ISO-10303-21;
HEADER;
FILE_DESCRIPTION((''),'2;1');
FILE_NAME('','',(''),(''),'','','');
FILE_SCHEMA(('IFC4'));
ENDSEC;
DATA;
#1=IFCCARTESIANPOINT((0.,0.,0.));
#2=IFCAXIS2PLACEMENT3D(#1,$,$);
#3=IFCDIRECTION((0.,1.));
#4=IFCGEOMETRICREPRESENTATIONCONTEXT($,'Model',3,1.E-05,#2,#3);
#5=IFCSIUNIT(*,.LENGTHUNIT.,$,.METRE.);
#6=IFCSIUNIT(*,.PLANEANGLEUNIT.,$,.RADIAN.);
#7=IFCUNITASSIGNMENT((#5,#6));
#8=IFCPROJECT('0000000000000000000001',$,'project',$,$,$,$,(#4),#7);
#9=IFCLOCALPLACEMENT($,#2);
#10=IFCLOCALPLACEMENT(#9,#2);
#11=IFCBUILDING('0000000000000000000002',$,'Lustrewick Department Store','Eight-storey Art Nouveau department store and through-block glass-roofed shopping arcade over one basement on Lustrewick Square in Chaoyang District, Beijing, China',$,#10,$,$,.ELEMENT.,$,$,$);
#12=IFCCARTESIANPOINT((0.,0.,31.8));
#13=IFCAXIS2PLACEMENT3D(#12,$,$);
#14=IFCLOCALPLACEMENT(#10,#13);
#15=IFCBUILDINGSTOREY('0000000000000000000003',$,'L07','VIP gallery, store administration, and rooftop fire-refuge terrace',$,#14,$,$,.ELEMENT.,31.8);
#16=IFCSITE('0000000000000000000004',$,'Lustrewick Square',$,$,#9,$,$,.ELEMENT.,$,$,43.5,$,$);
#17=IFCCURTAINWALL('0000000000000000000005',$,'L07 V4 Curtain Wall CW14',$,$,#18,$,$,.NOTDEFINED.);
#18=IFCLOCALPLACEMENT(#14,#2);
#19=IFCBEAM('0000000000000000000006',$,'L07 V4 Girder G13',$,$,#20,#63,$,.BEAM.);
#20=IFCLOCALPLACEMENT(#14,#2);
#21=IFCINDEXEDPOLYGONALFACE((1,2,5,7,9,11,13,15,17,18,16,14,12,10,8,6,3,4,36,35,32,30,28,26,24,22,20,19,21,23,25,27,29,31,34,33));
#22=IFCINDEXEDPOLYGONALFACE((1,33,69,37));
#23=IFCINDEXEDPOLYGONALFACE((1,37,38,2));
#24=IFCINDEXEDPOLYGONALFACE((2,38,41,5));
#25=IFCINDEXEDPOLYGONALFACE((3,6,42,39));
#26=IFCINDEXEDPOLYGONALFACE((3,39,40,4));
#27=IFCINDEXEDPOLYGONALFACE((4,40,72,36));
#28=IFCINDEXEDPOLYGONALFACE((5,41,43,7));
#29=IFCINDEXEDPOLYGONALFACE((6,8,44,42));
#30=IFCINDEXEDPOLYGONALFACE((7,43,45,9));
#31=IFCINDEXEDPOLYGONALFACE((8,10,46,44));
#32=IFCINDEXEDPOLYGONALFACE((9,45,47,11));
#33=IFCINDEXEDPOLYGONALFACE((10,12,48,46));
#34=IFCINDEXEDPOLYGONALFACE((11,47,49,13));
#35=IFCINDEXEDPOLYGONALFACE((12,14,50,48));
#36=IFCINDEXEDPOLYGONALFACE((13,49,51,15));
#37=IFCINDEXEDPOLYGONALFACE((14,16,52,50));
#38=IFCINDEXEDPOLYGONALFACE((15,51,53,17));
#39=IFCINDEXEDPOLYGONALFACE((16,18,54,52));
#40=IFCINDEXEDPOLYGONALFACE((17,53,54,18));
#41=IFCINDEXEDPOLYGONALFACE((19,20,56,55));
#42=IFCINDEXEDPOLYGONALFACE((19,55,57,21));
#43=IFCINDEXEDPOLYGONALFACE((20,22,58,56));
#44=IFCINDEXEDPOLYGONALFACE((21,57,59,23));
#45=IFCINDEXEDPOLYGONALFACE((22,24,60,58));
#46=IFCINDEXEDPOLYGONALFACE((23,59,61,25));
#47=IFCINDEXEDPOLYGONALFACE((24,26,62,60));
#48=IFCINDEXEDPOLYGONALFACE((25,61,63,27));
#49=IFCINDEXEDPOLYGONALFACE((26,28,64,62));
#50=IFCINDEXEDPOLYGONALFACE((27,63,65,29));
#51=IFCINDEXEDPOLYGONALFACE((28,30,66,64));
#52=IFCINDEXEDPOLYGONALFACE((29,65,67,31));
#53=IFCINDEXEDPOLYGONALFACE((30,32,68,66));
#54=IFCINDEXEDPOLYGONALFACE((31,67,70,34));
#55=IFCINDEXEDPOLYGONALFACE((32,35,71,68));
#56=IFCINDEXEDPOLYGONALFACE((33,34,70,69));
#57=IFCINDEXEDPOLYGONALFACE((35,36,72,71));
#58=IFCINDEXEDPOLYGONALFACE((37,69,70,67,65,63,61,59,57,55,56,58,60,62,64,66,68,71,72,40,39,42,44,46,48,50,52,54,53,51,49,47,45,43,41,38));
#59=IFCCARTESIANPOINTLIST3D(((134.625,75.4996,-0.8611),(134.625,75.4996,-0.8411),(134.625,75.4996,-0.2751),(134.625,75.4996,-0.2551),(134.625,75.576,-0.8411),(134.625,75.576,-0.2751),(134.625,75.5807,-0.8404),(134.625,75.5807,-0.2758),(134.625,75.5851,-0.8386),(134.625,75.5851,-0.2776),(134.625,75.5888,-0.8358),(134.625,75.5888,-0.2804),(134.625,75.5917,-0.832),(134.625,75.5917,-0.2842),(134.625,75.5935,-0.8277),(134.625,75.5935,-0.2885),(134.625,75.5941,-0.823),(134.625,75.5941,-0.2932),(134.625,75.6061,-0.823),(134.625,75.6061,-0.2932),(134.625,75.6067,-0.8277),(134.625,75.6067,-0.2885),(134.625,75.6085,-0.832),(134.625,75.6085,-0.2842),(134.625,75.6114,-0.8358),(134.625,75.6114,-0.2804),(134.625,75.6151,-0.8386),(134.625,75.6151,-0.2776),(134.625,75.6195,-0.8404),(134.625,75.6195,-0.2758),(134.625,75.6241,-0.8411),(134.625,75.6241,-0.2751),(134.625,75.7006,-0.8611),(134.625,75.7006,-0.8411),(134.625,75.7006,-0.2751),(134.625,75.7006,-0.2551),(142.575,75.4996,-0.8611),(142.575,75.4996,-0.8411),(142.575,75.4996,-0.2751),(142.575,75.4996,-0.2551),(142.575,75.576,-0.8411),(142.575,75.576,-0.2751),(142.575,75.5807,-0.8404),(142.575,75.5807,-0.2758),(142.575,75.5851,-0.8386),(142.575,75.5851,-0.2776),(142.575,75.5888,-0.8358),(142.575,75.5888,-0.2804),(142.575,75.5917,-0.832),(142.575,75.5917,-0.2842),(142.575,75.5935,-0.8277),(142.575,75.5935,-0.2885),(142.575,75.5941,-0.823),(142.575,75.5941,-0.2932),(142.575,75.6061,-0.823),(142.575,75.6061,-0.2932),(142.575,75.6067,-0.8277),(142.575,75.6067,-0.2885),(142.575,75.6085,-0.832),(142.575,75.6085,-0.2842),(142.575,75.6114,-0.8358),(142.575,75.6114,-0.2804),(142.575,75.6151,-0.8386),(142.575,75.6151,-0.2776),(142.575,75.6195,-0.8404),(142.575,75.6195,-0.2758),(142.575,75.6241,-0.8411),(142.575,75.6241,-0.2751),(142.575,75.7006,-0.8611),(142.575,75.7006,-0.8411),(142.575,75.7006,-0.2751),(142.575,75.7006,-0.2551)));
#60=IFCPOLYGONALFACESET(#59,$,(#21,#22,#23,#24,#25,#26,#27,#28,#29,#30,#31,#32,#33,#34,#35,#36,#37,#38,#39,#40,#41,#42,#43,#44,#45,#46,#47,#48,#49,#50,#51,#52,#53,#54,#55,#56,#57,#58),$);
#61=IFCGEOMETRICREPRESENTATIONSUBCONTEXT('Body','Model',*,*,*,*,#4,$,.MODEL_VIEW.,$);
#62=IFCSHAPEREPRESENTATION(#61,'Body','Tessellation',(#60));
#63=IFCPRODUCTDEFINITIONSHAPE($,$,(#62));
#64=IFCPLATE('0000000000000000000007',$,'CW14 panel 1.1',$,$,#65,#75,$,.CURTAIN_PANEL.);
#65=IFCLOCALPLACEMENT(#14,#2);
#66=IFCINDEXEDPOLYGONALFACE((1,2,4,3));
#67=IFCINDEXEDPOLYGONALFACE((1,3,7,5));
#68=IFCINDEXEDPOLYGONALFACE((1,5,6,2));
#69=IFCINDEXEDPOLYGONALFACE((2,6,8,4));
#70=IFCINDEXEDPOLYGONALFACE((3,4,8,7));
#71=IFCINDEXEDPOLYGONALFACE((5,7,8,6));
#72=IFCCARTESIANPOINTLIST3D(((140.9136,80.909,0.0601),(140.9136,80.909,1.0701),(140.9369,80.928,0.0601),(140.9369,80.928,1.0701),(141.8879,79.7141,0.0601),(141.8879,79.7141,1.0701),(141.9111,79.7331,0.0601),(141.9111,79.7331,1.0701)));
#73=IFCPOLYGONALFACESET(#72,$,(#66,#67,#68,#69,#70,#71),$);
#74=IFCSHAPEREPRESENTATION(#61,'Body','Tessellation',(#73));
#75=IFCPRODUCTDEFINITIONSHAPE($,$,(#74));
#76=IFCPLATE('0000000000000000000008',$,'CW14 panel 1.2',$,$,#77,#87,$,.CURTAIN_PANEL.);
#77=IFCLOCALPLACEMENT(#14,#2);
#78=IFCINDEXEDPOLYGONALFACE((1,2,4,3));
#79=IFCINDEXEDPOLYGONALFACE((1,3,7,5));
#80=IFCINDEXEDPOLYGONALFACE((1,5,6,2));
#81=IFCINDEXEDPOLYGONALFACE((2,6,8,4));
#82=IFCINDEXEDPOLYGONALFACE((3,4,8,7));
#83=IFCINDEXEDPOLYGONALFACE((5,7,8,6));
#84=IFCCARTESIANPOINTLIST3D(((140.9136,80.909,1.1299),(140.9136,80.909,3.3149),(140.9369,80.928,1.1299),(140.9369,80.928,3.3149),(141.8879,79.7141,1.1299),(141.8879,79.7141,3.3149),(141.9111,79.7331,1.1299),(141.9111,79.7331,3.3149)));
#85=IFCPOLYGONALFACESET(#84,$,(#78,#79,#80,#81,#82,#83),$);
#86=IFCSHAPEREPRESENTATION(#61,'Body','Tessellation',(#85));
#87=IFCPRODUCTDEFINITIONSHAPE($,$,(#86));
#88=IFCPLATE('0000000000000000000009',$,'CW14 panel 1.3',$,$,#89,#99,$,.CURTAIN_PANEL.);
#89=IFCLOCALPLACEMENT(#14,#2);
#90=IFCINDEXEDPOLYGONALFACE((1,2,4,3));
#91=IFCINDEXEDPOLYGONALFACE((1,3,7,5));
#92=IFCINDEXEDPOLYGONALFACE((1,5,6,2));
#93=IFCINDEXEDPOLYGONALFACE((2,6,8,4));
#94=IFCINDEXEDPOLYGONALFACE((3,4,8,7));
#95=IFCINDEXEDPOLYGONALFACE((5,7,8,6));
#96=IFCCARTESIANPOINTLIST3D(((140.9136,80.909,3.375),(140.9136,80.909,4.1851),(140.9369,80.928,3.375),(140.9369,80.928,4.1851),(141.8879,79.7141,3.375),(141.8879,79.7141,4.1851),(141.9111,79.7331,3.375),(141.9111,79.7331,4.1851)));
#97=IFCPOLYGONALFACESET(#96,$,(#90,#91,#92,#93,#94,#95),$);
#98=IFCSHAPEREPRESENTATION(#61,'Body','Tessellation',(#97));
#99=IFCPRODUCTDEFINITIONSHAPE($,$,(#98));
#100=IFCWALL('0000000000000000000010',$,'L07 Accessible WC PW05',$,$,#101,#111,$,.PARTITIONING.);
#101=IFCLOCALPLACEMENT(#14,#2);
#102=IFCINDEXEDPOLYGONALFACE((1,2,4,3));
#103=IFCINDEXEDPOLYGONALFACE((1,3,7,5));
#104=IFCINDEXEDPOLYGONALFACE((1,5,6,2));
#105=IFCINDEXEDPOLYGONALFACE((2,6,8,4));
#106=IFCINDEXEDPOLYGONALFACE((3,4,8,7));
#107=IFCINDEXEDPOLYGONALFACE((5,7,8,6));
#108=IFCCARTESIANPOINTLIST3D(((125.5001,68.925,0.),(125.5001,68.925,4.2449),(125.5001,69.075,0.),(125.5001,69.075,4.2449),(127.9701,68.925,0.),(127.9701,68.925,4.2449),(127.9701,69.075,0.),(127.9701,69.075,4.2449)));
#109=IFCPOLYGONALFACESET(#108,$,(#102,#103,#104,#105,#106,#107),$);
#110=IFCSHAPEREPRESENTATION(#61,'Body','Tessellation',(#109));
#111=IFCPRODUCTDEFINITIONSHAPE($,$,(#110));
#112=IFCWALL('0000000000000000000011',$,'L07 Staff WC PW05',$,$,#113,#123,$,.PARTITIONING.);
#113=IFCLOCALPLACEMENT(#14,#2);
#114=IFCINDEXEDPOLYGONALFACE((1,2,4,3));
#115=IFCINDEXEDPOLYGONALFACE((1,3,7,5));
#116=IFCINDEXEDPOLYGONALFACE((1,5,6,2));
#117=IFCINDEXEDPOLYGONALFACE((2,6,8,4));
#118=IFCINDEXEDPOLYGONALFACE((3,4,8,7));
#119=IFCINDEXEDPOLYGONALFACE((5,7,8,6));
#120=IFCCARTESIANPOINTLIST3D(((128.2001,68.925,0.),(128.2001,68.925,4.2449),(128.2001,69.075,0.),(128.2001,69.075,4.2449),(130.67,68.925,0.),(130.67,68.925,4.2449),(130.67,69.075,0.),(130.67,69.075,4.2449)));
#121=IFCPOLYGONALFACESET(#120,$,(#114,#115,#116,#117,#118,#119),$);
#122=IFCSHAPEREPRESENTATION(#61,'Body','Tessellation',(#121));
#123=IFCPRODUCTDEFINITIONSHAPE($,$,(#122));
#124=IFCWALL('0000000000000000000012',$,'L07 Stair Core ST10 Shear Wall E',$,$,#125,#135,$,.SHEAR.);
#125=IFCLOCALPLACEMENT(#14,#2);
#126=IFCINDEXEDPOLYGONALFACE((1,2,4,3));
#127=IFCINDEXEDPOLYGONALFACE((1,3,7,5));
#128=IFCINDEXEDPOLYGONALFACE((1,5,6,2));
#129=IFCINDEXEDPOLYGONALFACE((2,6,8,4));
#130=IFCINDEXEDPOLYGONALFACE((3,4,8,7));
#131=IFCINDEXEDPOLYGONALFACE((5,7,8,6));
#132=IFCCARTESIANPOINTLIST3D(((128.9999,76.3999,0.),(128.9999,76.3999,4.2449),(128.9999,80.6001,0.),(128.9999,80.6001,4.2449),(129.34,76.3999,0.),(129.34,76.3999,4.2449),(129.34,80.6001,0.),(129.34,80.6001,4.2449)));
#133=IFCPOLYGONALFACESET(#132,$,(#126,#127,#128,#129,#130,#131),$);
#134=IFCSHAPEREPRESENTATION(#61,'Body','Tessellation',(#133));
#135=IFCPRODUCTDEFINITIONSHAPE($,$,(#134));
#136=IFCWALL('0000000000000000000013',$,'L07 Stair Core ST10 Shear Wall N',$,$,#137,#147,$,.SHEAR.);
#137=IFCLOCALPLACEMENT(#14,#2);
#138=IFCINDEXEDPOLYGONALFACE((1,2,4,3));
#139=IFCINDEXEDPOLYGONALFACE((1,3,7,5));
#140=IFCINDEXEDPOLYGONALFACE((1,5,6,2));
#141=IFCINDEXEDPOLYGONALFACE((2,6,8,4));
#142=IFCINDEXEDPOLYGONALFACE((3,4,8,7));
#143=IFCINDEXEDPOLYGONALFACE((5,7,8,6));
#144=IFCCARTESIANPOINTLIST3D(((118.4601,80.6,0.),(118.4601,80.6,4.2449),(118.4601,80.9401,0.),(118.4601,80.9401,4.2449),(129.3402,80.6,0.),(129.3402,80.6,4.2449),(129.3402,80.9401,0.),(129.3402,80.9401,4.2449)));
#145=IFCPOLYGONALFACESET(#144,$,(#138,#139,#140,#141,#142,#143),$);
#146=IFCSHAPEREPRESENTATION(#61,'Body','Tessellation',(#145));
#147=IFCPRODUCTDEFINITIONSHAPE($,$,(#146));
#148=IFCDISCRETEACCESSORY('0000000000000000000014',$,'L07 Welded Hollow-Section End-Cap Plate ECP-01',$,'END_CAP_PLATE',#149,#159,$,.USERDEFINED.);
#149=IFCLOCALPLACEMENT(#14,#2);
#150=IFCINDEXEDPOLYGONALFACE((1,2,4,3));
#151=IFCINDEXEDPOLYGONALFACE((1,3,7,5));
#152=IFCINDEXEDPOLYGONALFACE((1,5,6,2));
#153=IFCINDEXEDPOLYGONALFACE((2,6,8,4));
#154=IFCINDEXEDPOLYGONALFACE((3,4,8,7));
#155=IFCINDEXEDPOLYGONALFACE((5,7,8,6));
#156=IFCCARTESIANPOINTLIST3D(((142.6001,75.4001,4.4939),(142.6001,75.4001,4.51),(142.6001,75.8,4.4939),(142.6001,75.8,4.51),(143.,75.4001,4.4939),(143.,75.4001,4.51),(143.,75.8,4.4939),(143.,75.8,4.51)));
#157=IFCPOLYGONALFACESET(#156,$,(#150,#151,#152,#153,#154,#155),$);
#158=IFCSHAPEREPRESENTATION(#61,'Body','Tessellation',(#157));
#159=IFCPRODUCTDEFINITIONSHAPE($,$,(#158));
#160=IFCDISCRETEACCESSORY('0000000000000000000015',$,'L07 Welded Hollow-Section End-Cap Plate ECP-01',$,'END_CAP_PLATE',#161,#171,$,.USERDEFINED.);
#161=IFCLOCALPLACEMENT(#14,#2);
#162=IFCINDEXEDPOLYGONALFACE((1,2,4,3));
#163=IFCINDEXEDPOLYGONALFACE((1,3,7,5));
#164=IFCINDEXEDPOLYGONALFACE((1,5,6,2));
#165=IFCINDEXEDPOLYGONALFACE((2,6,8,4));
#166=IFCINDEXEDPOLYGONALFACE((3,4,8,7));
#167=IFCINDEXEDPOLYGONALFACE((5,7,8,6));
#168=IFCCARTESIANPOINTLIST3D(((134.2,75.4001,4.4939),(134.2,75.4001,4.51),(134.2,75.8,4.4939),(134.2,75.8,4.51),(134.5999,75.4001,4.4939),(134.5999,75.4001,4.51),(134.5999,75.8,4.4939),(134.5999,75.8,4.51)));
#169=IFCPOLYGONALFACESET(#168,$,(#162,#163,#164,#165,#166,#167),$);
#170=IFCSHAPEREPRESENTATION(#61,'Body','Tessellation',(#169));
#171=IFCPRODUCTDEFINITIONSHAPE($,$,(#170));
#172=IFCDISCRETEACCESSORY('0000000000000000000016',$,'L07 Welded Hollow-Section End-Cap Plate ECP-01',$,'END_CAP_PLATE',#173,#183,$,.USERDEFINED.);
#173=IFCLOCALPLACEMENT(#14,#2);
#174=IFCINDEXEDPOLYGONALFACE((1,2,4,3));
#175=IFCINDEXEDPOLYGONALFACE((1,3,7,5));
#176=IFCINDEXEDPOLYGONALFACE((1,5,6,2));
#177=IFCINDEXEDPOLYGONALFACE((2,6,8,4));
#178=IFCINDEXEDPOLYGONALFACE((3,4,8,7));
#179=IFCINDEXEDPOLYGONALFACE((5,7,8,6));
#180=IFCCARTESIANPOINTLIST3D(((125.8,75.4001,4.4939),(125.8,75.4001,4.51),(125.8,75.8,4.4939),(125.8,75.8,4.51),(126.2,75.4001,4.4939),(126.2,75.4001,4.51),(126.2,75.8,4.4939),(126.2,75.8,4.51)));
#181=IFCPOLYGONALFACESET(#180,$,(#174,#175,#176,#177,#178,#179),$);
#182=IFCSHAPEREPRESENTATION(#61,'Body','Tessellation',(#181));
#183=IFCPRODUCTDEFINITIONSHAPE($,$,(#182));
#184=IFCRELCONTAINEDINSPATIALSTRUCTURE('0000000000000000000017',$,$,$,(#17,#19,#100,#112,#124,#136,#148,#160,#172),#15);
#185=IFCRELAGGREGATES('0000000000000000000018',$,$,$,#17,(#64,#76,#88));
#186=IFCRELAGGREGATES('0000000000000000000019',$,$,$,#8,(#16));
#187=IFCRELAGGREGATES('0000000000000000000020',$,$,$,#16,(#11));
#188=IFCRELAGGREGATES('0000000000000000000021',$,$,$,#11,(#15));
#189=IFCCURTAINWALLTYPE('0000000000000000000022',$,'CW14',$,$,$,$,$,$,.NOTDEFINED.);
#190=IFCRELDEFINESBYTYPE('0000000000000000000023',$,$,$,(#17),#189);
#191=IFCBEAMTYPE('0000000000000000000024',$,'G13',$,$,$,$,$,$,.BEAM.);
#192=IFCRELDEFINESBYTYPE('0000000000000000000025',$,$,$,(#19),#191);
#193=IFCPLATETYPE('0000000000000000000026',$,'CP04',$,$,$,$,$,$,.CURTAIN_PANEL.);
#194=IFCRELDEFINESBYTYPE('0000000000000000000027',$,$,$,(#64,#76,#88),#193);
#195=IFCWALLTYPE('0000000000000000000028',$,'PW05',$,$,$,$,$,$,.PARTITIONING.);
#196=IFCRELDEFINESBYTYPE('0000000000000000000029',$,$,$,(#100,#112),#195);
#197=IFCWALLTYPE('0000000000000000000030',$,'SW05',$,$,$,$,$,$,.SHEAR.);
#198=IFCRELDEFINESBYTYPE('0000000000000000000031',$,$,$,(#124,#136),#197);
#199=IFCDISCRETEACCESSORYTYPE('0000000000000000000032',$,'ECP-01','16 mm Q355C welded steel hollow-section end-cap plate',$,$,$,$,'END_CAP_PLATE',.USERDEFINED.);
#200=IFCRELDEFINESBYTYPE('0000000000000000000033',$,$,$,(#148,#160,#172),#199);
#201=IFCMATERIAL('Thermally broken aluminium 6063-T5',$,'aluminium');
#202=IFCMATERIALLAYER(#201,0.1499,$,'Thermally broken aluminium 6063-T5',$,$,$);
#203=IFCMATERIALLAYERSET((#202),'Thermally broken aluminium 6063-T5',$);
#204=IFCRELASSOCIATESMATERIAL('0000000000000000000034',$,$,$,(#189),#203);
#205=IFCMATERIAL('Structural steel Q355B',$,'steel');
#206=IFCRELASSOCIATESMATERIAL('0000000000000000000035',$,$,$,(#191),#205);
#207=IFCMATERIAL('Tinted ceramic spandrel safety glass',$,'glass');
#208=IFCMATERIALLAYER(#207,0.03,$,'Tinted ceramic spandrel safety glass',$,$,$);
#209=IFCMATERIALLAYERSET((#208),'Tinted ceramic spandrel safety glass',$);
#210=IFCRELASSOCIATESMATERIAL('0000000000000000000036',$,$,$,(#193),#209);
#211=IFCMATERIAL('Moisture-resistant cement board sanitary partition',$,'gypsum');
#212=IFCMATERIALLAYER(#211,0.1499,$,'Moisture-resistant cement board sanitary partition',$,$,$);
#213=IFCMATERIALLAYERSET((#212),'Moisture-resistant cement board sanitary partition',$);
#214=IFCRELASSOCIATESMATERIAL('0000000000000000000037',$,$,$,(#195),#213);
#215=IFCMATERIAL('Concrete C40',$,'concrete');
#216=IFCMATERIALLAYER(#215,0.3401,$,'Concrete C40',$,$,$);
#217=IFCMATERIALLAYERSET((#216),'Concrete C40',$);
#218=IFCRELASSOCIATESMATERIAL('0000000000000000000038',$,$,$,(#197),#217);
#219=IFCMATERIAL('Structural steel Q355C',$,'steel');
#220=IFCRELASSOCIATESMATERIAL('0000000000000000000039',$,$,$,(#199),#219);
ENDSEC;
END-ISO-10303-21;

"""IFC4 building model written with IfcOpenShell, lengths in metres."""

from ifc_helpers import new_model, si_unit, direction, frame, frame_2d, origin, origin_2d, place, context, subcontext, project, spatial, rectangle, i_section, extrude, material, layer, layer_set, material_profile, profile_set, type_object, element, aggregate, save


model = new_model("IFC4")

# Units and contexts
model_context = context("Model", 3, precision=1e-05, world=origin(), true_north=direction((0.0, 1.0)))
body_context = subcontext(model_context, "Body", "Model", "MODEL_VIEW")
ifc_project = project(units=[si_unit("LENGTHUNIT", "METRE"), si_unit("PLANEANGLEUNIT", "RADIAN")], contexts=[model_context])

# Site, building, storey
site_placement = place(None, origin())
site = spatial("IfcSite", under=ifc_project, at=site_placement, Name="Lustrewick Square", CompositionType="ELEMENT", RefElevation=43.5)
building_placement = place(site_placement, origin())
building = spatial("IfcBuilding", under=site, at=building_placement, Name="Lustrewick Department Store", Description="Eight-storey Art Nouveau department store and through-block glass-roofed shopping arcade over one basement on Lustrewick Square in Chaoyang District, Beijing, China", CompositionType="ELEMENT")
storey_placement = place(building_placement, frame((0.0, 0.0, 31.8)))
storey = spatial("IfcBuildingStorey", under=building, at=storey_placement, Name="L07", Description="VIP gallery, store administration, and rooftop fire-refuge terrace", CompositionType="ELEMENT", Elevation=31.8)

# Shared definitions
ifc_material_1 = material(Name="Structural steel Q355B", Category="steel")

# Curtain wall
ifc_material_2 = material(Name="Thermally broken aluminium 6063-T5", Category="aluminium")
ifc_layer_1 = layer(ifc_material_2, 0.1499, Name="Thermally broken aluminium 6063-T5")
ifc_layer_set_1 = layer_set([ifc_layer_1], Name="Thermally broken aluminium 6063-T5")
curtain_wall_type = type_object("IfcCurtainWallType", Name="CW14", PredefinedType="NOTDEFINED", material=ifc_layer_set_1)
curtain_wall_placement = place(storey_placement, origin())
curtain_wall = element("IfcCurtainWall", 1, at=curtain_wall_placement, inside=storey, type_object=curtain_wall_type, Name="L07 V4 Curtain Wall CW14", PredefinedType="NOTDEFINED")

# Beam
ifc_material_3 = material(Name="Structural steel Q355C", Category="steel")
ifc_material_profile_1 = material_profile(ifc_material_1, i_section(OverallWidth=0.2009, OverallDepth=0.606, WebThickness=0.012, FlangeThickness=0.02, FilletRadius=0.0181, at=origin_2d()), Name="HN 606x201x12x20")
ifc_profile_set_1 = profile_set([ifc_material_profile_1], Name="Structural steel Q355B")
beam_type_1 = type_object("IfcBeamType", Name="G13", PredefinedType="BEAM", material=ifc_profile_set_1)
beam_1_placement = place(storey_placement, frame((134.625, 75.6001, -0.5581), z_axis=(1.0, 0.0, 0.0), x_axis=(0.0, 1.0, 0.0)))
element("IfcBeam", 2, at=beam_1_placement, inside=storey, type_object=beam_type_1, Name="L07 V4 Girder G13", PredefinedType="BEAM", context=body_context, shape_type="SweptSolid", body=[
    extrude(i_section(OverallWidth=0.2009, OverallDepth=0.606, WebThickness=0.012, FlangeThickness=0.02, FilletRadius=0.0181, at=origin_2d()), origin(), (0.0, 0.0, 1.0), 7.95),
])

# Plates
ifc_material_4 = material(Name="Tinted ceramic spandrel safety glass", Category="glass")
ifc_layer_2 = layer(ifc_material_4, 0.03, Name="Tinted ceramic spandrel safety glass")
ifc_layer_set_2 = layer_set([ifc_layer_2], Name="Tinted ceramic spandrel safety glass")
plate_type = type_object("IfcPlateType", Name="CP04", PredefinedType="CURTAIN_PANEL", material=ifc_layer_set_2)
plate_1_placement = place(storey_placement, frame((141.4124, 80.321, 0.0601), z_axis=(0.0, 0.0, 1.0), x_axis=(-0.631926, 0.775029, 0.0)))
plate_1 = element("IfcPlate", 3, at=plate_1_placement, type_object=plate_type, Name="CW14 panel 1.1", PredefinedType="CURTAIN_PANEL", context=body_context, shape_type="SweptSolid", body=[
    extrude(rectangle(XDim=1.5417, YDim=0.03, at=origin_2d()), origin(), (0.0, 0.0, 1.0), 1.01),
])
plate_2_placement = place(storey_placement, frame((141.4124, 80.321, 1.1299), z_axis=(0.0, 0.0, 1.0), x_axis=(-0.631926, 0.775029, 0.0)))
plate_2 = element("IfcPlate", 4, at=plate_2_placement, type_object=plate_type, Name="CW14 panel 1.2", PredefinedType="CURTAIN_PANEL", context=body_context, shape_type="SweptSolid", body=[
    extrude(rectangle(XDim=1.5417, YDim=0.03, at=origin_2d()), origin(), (0.0, 0.0, 1.0), 2.1851),
])
plate_3_placement = place(storey_placement, frame((141.4124, 80.321, 3.375), z_axis=(0.0, 0.0, 1.0), x_axis=(-0.631926, 0.775029, 0.0)))
plate_3 = element("IfcPlate", 5, at=plate_3_placement, type_object=plate_type, Name="CW14 panel 1.3", PredefinedType="CURTAIN_PANEL", context=body_context, shape_type="SweptSolid", body=[
    extrude(rectangle(XDim=1.5417, YDim=0.03, at=origin_2d()), origin(), (0.0, 0.0, 1.0), 0.8101),
])
aggregate(curtain_wall, [plate_1, plate_2, plate_3])

# Walls
ifc_material_5 = material(Name="Moisture-resistant cement board sanitary partition", Category="gypsum")
ifc_layer_3 = layer(ifc_material_5, 0.1499, Name="Moisture-resistant cement board sanitary partition")
ifc_layer_set_3 = layer_set([ifc_layer_3], Name="Moisture-resistant cement board sanitary partition")
wall_type_1 = type_object("IfcWallType", Name="PW05", PredefinedType="PARTITIONING", material=ifc_layer_set_3)
for number, where, z_axis, x_axis, name in (
    (6, (127.97, 69.0, 0.0), (0.0, 0.0, 1.0), (-1.0, 0.0, 0.0), "L07 Accessible WC PW05"),
    (7, (130.6699, 69.0, 0.0), (0.0, 0.0, 1.0), (-1.0, 0.0, 0.0), "L07 Staff WC PW05"),
):
    element("IfcWall", number, at=place(storey_placement, frame(where, z_axis=z_axis, x_axis=x_axis)), inside=storey, type_object=wall_type_1, Name=name, PredefinedType="PARTITIONING", context=body_context, shape_type="SweptSolid", body=[
        extrude(rectangle(XDim=2.47, YDim=0.1499, at=frame_2d((1.2349, 0.0))), origin(), (0.0, 0.0, 1.0), 4.2449),
    ])
ifc_material_6 = material(Name="Concrete C40", Category="concrete")
ifc_layer_4 = layer(ifc_material_6, 0.3401, Name="Concrete C40")
ifc_layer_set_4 = layer_set([ifc_layer_4], Name="Concrete C40")
wall_type_2 = type_object("IfcWallType", Name="SW05", PredefinedType="SHEAR", material=ifc_layer_set_4)
wall_1_placement = place(storey_placement, frame((129.1699, 76.3999, 0.0), z_axis=(0.0, 0.0, 1.0), x_axis=(0.0, 1.0, 0.0)))
element("IfcWall", 8, at=wall_1_placement, inside=storey, type_object=wall_type_2, Name="L07 Stair Core ST10 Shear Wall E", PredefinedType="SHEAR", context=body_context, shape_type="SweptSolid", body=[
    extrude(rectangle(XDim=4.2002, YDim=0.3401, at=frame_2d((2.1001, 0.0))), origin(), (0.0, 0.0, 1.0), 4.2449),
])
wall_2_placement = place(storey_placement, frame((129.3401, 80.77, 0.0), z_axis=(0.0, 0.0, 1.0), x_axis=(-1.0, 0.0, 0.0)))
element("IfcWall", 9, at=wall_2_placement, inside=storey, type_object=wall_type_2, Name="L07 Stair Core ST10 Shear Wall N", PredefinedType="SHEAR", context=body_context, shape_type="SweptSolid", body=[
    extrude(rectangle(XDim=10.8801, YDim=0.3401, at=frame_2d((5.4399, 0.0))), origin(), (0.0, 0.0, 1.0), 4.2449),
])

# Discrete accessories
discrete_accessory_type = type_object("IfcDiscreteAccessoryType", Name="ECP-01", Description="16 mm Q355C welded steel hollow-section end-cap plate", ElementType="END_CAP_PLATE", PredefinedType="USERDEFINED", material=ifc_material_3)
for number, where, z_axis, x_axis, name in (
    (10, (142.8, 75.6001, 4.4939), (0.0, 0.0, 1.0), (1.0, 0.0, 0.0), "L07 Welded Hollow-Section End-Cap Plate ECP-01"),
    (11, (134.3999, 75.6001, 4.4939), (0.0, 0.0, 1.0), (1.0, 0.0, 0.0), "L07 Welded Hollow-Section End-Cap Plate ECP-01"),
    (12, (126.0, 75.6001, 4.4939), (0.0, 0.0, 1.0), (1.0, 0.0, 0.0), "L07 Welded Hollow-Section End-Cap Plate ECP-01"),
):
    element("IfcDiscreteAccessory", number, at=place(storey_placement, frame(where, z_axis=z_axis, x_axis=x_axis)), inside=storey, type_object=discrete_accessory_type, Name=name, ObjectType="END_CAP_PLATE", PredefinedType="USERDEFINED", context=body_context, shape_type="SweptSolid", body=[
        extrude(rectangle(XDim=0.3999, YDim=0.3999, at=origin_2d()), origin(), (0.0, 0.0, 1.0), 0.0161),
    ])

save(model, "model.ifc")
